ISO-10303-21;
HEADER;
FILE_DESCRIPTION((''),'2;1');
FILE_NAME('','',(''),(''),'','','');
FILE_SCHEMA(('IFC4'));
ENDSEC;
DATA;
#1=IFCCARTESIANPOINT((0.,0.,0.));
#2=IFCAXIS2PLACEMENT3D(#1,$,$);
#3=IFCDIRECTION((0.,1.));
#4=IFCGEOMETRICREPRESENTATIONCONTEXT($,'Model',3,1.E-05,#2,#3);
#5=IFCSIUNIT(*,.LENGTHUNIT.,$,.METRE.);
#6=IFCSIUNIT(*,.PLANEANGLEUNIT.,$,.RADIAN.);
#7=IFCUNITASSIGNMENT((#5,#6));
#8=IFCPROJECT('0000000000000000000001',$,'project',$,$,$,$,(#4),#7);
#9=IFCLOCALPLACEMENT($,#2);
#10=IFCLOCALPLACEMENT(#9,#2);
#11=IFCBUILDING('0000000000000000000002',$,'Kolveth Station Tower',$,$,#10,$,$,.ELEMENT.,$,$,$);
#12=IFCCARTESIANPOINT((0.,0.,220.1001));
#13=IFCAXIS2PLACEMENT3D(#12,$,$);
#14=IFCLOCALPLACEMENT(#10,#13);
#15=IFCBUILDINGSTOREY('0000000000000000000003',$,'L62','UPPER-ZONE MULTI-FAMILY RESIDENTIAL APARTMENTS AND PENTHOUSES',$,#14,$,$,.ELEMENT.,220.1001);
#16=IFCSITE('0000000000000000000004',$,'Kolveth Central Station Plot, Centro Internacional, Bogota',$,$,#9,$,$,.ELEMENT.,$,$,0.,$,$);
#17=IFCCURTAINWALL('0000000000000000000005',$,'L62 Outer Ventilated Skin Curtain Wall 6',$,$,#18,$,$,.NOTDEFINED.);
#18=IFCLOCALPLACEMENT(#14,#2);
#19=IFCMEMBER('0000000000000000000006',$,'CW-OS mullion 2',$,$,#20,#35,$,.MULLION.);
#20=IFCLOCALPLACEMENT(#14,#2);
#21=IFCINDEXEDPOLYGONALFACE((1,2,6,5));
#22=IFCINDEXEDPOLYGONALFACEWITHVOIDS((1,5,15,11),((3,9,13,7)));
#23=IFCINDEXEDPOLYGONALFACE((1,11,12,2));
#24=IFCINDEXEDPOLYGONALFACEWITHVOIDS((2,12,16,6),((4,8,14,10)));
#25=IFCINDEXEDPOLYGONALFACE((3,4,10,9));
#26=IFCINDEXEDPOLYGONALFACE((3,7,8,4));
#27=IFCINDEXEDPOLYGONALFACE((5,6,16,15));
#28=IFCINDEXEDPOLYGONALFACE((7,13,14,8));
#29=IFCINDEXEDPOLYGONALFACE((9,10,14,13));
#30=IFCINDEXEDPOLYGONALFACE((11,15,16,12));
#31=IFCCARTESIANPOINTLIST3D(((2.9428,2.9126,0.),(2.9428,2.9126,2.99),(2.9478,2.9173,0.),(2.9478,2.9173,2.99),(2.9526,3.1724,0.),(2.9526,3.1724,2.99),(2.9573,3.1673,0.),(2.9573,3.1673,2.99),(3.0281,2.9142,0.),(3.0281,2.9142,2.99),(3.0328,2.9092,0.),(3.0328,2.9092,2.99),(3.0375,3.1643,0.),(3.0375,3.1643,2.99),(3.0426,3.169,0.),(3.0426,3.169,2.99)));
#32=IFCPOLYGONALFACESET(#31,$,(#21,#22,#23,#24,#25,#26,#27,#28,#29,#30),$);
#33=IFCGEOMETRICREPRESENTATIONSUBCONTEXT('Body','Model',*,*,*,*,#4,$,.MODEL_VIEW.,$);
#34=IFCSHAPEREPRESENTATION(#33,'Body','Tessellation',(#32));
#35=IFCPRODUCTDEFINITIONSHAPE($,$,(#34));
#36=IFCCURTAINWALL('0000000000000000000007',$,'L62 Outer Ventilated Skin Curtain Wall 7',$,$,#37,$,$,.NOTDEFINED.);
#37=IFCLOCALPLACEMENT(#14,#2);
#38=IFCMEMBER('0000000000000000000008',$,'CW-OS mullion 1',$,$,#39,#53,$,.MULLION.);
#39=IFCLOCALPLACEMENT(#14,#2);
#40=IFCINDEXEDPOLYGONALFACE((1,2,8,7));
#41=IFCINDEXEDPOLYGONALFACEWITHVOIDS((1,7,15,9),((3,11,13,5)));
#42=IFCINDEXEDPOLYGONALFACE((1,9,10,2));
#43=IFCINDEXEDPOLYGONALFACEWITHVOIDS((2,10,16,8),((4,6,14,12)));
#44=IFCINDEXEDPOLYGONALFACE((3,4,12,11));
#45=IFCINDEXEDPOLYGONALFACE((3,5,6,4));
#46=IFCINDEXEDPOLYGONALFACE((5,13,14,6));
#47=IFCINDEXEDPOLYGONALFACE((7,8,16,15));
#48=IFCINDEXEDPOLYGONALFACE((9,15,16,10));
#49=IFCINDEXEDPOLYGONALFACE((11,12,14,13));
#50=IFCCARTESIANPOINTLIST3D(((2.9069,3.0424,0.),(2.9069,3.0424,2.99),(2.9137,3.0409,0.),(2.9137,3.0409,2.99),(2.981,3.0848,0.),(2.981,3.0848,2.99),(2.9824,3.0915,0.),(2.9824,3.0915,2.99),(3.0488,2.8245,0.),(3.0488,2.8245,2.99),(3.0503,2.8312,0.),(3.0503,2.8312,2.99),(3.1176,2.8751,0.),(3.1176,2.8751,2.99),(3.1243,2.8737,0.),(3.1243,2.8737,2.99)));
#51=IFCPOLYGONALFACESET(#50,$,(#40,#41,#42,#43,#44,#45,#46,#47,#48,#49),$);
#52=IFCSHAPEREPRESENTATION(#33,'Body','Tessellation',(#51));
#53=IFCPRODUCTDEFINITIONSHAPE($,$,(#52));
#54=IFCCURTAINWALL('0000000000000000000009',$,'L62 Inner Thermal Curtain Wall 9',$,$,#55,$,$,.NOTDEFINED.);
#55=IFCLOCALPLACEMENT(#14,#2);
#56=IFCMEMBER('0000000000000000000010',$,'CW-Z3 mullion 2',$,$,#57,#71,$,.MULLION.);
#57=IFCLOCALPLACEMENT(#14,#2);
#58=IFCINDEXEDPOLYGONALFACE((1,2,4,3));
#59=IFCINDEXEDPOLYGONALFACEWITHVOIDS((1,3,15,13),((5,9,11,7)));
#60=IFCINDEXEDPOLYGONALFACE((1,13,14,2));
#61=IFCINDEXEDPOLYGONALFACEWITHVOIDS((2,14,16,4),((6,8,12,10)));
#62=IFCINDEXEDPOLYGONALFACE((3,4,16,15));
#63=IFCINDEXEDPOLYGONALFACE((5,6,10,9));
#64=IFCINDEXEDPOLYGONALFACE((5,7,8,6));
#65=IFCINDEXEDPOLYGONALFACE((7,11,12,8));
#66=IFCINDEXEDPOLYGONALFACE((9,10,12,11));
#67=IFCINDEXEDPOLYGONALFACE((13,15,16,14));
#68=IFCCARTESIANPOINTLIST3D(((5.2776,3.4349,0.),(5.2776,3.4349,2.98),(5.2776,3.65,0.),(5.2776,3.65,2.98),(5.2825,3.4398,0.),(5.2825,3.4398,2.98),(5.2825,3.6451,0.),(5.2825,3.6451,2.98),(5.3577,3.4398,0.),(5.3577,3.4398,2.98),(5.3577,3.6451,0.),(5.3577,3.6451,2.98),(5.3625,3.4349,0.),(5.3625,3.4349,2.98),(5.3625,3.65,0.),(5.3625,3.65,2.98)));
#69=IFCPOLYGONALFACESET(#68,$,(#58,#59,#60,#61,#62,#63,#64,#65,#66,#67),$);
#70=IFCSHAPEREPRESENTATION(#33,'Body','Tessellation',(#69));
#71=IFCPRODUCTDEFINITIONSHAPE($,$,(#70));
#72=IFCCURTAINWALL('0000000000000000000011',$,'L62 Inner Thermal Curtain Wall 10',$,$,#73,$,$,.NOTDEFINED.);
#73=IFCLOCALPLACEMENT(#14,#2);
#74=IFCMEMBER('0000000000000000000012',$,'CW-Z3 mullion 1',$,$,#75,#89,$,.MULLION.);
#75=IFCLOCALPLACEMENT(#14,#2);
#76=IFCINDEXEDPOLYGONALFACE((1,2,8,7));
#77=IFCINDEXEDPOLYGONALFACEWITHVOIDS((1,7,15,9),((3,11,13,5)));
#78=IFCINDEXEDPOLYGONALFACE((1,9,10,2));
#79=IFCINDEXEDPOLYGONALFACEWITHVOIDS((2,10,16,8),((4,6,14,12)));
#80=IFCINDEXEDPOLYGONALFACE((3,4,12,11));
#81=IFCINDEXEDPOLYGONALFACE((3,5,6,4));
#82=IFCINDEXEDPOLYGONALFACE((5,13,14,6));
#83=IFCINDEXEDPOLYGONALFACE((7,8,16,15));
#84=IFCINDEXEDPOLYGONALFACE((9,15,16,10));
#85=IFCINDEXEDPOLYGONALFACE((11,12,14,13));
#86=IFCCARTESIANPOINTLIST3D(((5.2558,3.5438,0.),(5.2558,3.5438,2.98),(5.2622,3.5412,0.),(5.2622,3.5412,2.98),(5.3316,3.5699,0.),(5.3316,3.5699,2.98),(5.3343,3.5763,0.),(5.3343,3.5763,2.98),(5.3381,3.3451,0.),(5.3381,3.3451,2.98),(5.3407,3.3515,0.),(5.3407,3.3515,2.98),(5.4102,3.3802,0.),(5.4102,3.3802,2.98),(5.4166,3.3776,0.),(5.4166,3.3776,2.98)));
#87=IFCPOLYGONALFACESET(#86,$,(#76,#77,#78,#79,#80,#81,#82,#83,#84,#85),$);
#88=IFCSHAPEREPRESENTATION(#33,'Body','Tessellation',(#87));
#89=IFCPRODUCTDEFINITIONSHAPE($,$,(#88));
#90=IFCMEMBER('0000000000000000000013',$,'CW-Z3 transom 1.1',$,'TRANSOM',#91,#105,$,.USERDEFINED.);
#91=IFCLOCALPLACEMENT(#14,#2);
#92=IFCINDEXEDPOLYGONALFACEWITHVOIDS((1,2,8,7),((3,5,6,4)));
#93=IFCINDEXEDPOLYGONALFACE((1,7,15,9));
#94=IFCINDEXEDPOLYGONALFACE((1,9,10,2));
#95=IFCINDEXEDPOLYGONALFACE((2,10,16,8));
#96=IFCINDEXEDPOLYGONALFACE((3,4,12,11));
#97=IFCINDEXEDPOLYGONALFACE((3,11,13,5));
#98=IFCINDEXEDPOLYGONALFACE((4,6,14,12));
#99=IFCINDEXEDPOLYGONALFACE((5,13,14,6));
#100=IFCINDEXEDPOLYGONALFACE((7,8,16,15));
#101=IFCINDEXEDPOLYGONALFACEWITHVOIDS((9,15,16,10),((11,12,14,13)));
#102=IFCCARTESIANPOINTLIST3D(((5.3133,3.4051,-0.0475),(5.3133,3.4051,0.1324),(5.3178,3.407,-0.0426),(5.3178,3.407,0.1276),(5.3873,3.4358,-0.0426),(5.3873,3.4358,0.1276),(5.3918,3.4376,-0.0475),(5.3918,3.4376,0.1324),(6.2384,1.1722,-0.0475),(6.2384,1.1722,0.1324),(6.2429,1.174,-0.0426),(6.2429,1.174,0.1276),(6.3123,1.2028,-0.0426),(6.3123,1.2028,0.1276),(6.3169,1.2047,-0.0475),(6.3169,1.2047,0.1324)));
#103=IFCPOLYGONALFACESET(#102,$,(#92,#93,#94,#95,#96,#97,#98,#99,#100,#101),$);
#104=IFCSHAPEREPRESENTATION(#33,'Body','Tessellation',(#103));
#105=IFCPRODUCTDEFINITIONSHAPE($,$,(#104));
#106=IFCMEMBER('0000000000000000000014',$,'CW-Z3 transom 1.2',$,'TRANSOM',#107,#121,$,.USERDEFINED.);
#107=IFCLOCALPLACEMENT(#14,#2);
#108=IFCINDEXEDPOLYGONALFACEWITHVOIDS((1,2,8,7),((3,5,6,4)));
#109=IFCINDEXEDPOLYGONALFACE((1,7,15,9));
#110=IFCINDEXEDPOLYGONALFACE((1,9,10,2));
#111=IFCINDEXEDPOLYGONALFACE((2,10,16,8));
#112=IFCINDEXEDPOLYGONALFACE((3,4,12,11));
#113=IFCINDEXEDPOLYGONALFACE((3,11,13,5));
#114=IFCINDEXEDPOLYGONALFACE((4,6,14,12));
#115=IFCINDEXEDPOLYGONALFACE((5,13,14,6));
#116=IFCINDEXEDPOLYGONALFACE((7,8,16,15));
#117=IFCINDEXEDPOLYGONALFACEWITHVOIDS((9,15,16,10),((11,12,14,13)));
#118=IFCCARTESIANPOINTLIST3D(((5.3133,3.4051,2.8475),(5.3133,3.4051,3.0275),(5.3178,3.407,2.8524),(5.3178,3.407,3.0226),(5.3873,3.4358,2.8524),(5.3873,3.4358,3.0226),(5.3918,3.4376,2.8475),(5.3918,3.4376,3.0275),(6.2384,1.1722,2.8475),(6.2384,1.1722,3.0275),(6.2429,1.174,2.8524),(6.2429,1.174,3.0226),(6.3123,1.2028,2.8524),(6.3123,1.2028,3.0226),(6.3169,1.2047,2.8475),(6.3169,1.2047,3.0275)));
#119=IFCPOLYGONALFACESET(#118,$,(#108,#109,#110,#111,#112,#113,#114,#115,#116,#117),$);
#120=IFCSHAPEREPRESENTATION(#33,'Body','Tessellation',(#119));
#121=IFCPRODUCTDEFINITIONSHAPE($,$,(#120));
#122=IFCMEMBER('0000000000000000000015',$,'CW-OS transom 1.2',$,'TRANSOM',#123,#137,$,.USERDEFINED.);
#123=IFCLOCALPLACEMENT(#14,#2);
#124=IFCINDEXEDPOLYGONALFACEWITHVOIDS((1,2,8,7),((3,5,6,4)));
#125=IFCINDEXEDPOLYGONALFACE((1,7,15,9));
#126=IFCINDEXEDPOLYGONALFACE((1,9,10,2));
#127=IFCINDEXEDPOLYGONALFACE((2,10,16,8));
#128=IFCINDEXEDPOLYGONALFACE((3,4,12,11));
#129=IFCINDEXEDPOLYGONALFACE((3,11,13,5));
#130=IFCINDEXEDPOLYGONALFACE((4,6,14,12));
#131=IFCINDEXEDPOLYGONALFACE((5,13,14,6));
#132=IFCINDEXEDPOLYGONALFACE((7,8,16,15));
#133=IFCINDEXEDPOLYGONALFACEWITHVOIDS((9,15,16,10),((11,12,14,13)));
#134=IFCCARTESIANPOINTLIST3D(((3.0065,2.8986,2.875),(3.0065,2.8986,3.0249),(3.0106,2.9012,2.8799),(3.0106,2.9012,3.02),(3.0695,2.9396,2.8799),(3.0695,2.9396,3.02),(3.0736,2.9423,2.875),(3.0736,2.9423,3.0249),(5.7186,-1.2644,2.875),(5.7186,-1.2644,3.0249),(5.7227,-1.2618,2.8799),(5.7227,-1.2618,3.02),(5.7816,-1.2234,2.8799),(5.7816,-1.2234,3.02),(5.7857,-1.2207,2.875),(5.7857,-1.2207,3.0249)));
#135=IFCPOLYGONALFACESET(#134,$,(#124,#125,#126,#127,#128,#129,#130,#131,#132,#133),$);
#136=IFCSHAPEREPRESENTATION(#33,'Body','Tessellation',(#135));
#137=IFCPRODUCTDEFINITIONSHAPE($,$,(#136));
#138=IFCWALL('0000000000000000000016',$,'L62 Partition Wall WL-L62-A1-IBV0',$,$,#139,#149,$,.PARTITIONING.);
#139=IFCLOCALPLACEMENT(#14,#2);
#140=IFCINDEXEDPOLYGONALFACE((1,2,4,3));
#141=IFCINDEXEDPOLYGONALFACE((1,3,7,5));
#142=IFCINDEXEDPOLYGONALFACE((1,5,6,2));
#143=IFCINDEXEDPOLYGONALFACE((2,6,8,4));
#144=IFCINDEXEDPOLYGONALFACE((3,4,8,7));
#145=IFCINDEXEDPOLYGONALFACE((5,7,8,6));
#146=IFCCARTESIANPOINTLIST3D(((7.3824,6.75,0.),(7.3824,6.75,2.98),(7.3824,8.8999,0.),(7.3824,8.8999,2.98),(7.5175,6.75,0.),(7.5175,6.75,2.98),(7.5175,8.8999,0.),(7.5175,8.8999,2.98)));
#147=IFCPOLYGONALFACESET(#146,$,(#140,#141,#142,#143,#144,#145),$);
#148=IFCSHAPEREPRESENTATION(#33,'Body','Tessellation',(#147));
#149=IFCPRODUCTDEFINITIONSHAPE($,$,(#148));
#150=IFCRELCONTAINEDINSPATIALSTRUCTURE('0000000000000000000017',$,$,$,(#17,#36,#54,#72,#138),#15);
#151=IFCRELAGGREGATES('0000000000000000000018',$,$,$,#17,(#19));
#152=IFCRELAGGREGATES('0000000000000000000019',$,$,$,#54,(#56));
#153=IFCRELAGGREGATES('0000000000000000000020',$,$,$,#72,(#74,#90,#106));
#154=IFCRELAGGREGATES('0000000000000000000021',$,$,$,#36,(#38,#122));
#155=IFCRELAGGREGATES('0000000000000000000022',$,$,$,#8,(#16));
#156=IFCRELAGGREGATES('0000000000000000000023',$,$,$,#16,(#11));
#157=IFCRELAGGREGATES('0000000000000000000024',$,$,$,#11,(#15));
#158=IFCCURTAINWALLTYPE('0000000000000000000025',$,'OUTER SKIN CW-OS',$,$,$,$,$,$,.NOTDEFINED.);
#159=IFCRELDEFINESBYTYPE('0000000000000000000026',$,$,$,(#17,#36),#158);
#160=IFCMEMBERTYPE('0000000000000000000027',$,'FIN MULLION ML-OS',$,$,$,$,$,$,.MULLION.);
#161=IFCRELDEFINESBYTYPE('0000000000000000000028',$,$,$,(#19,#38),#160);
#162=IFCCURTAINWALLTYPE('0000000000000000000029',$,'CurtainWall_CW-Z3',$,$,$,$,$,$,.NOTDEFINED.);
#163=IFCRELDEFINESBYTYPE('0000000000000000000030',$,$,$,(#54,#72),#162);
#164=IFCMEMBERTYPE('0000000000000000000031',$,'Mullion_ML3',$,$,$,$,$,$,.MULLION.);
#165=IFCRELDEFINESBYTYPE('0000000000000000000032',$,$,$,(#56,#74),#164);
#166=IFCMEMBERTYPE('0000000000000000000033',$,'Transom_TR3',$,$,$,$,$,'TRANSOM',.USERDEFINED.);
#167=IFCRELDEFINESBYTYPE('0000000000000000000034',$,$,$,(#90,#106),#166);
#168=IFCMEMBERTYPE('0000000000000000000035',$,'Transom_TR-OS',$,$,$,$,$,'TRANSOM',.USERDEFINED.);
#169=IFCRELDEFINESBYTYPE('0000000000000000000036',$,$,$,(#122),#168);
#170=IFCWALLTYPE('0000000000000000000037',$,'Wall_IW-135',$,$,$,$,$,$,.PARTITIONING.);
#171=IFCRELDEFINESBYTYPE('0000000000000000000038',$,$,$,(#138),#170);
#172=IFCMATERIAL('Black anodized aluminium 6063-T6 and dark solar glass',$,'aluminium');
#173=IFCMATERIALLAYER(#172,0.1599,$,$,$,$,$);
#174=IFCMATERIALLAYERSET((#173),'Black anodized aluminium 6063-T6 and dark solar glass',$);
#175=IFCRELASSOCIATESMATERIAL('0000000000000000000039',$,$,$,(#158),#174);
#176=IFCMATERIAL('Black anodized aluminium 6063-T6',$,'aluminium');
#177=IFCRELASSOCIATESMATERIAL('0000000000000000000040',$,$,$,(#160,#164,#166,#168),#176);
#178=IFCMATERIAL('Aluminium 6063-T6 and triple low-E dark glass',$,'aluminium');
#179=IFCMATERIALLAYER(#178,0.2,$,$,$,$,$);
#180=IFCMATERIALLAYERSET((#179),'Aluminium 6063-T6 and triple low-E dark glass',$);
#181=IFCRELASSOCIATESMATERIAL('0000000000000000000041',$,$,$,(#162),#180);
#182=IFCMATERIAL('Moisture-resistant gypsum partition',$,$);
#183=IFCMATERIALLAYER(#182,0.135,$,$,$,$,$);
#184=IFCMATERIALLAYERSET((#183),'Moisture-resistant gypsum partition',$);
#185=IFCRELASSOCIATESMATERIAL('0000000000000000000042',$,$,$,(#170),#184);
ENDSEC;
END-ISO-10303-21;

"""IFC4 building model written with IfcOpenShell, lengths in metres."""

from ifc_helpers import new_model, si_unit, direction, frame, frame_2d, origin, origin_2d, place, context, subcontext, project, spatial, rectangle, hollow_rectangle, extrude, source, transform, mapped, material, layer, layer_set, material_profile, profile_set, type_object, element, aggregate, save


model = new_model("IFC4")

# Units and contexts
model_context = context("Model", 3, precision=1e-05, world=origin(), true_north=direction((0.0, 1.0)))
body_context = subcontext(model_context, "Body", "Model", "MODEL_VIEW")
ifc_project = project(units=[si_unit("LENGTHUNIT", "METRE"), si_unit("PLANEANGLEUNIT", "RADIAN")], contexts=[model_context])

# Site, building, storey
site_placement = place(None, origin())
site = spatial("IfcSite", under=ifc_project, at=site_placement, Name="Kolveth Central Station Plot, Centro Internacional, Bogota", CompositionType="ELEMENT", RefElevation=0.0)
building_placement = place(site_placement, origin())
building = spatial("IfcBuilding", under=site, at=building_placement, Name="Kolveth Station Tower", CompositionType="ELEMENT")
storey_placement = place(building_placement, frame((0.0, 0.0, 220.1001)))
storey = spatial("IfcBuildingStorey", under=building, at=storey_placement, Name="L62", Description="UPPER-ZONE MULTI-FAMILY RESIDENTIAL APARTMENTS AND PENTHOUSES", CompositionType="ELEMENT", Elevation=220.1001)

# Curtain walls, members
ifc_material_1 = material(Name="Black anodized aluminium 6063-T6 and dark solar glass", Category="aluminium")
ifc_layer_1 = layer(ifc_material_1, 0.1599)
ifc_layer_set_1 = layer_set([ifc_layer_1], Name="Black anodized aluminium 6063-T6 and dark solar glass")
curtain_wall_type_1 = type_object("IfcCurtainWallType", Name="OUTER SKIN CW-OS", PredefinedType="NOTDEFINED", material=ifc_layer_set_1)
curtain_wall_1_placement = place(storey_placement, origin())
curtain_wall_1 = element("IfcCurtainWall", 1, at=curtain_wall_1_placement, inside=storey, type_object=curtain_wall_type_1, Name="L62 Outer Ventilated Skin Curtain Wall 6", PredefinedType="NOTDEFINED")
ifc_material_2 = material(Name="Black anodized aluminium 6063-T6", Category="aluminium")
ifc_material_profile_1 = material_profile(ifc_material_2, hollow_rectangle(XDim=0.0901, YDim=0.26, WallThickness=0.0049, at=origin_2d()), Name="ALU-90x260x5")
ifc_profile_set_1 = profile_set([ifc_material_profile_1], Name="Black anodized aluminium 6063-T6")
member_type_1 = type_object("IfcMemberType", Name="FIN MULLION ML-OS", PredefinedType="MULLION", material=ifc_profile_set_1)
shared_shape_1 = source(origin(), body_context, "Body", "SweptSolid", [
    extrude(hollow_rectangle(XDim=0.0901, YDim=0.26, WallThickness=0.0049, at=origin_2d()), origin(), (0.0, 0.0, 1.0), 2.99),
])
member_1_placement = place(storey_placement, frame((2.9927, 3.0408, 0.0), z_axis=(0.0, 0.0, 1.0), x_axis=(0.999288, -0.037732, 0.0)))
member_1 = element("IfcMember", 2, at=member_1_placement, type_object=member_type_1, Name="CW-OS mullion 2", PredefinedType="MULLION", context=body_context, shape_type="MappedRepresentation", body=[
    mapped(shared_shape_1, transform((0.0, 0.0, 0.0), x_axis=(1.0, 0.0, 0.0), y_axis=(0.0, 1.0, 0.0), z_axis=(0.0, 0.0, 1.0), scale=1.0)),
])
aggregate(curtain_wall_1, [member_1])
curtain_wall_2_placement = place(storey_placement, origin())
curtain_wall_2 = element("IfcCurtainWall", 3, at=curtain_wall_2_placement, inside=storey, type_object=curtain_wall_type_1, Name="L62 Outer Ventilated Skin Curtain Wall 7", PredefinedType="NOTDEFINED")
member_2_placement = place(storey_placement, frame((3.0156, 2.958, 0.0), z_axis=(0.0, 0.0, 1.0), x_axis=(0.837896, 0.54583, 0.0)))
member_2 = element("IfcMember", 4, at=member_2_placement, type_object=member_type_1, Name="CW-OS mullion 1", PredefinedType="MULLION", context=body_context, shape_type="MappedRepresentation", body=[
    mapped(shared_shape_1, transform((0.0, 0.0, 0.0), x_axis=(1.0, 0.0, 0.0), y_axis=(0.0, 1.0, 0.0), z_axis=(0.0, 0.0, 1.0), scale=1.0)),
])
ifc_material_3 = material(Name="Aluminium 6063-T6 and triple low-E dark glass", Category="aluminium")
ifc_layer_2 = layer(ifc_material_3, 0.2)
ifc_layer_set_2 = layer_set([ifc_layer_2], Name="Aluminium 6063-T6 and triple low-E dark glass")
curtain_wall_type_2 = type_object("IfcCurtainWallType", Name="CurtainWall_CW-Z3", PredefinedType="NOTDEFINED", material=ifc_layer_set_2)
curtain_wall_3_placement = place(storey_placement, origin())
curtain_wall_3 = element("IfcCurtainWall", 5, at=curtain_wall_3_placement, inside=storey, type_object=curtain_wall_type_2, Name="L62 Inner Thermal Curtain Wall 9", PredefinedType="NOTDEFINED")
ifc_material_profile_2 = material_profile(ifc_material_2, hollow_rectangle(XDim=0.085, YDim=0.2151, WallThickness=0.0049, at=origin_2d()), Name="ALU-85x215x5")
ifc_profile_set_2 = profile_set([ifc_material_profile_2], Name="Black anodized aluminium 6063-T6")
member_type_2 = type_object("IfcMemberType", Name="Mullion_ML3", PredefinedType="MULLION", material=ifc_profile_set_2)
shared_shape_2 = source(origin(), body_context, "Body", "SweptSolid", [
    extrude(hollow_rectangle(XDim=0.085, YDim=0.2151, WallThickness=0.0049, at=origin_2d()), origin(), (0.0, 0.0, 1.0), 2.98),
])
member_3_placement = place(storey_placement, frame((5.3201, 3.5425, 0.0), z_axis=(0.0, 0.0, 1.0), x_axis=(1.0, 0.0, 0.0)))
member_3 = element("IfcMember", 6, at=member_3_placement, type_object=member_type_2, Name="CW-Z3 mullion 2", PredefinedType="MULLION", context=body_context, shape_type="MappedRepresentation", body=[
    mapped(shared_shape_2, transform((0.0, 0.0, 0.0), x_axis=(1.0, 0.0, 0.0), y_axis=(0.0, 1.0, 0.0), z_axis=(0.0, 0.0, 1.0), scale=1.0)),
])
aggregate(curtain_wall_3, [member_3])

# Curtain wall, members
curtain_wall_4_placement = place(storey_placement, origin())
curtain_wall_4 = element("IfcCurtainWall", 7, at=curtain_wall_4_placement, inside=storey, type_object=curtain_wall_type_2, Name="L62 Inner Thermal Curtain Wall 10", PredefinedType="NOTDEFINED")
member_4_placement = place(storey_placement, frame((5.3362, 3.4607, 0.0), z_axis=(0.0, 0.0, 1.0), x_axis=(0.923875, 0.382693, 0.0)))
member_4 = element("IfcMember", 8, at=member_4_placement, type_object=member_type_2, Name="CW-Z3 mullion 1", PredefinedType="MULLION", context=body_context, shape_type="MappedRepresentation", body=[
    mapped(shared_shape_2, transform((0.0, 0.0, 0.0), x_axis=(1.0, 0.0, 0.0), y_axis=(0.0, 1.0, 0.0), z_axis=(0.0, 0.0, 1.0), scale=1.0)),
])
ifc_material_profile_3 = material_profile(ifc_material_2, hollow_rectangle(XDim=0.085, YDim=0.1799, WallThickness=0.0049, at=origin_2d()), Name="ALU-85x180x5")
ifc_profile_set_3 = profile_set([ifc_material_profile_3], Name="Black anodized aluminium 6063-T6")
member_type_3 = type_object("IfcMemberType", Name="Transom_TR3", ElementType="TRANSOM", PredefinedType="USERDEFINED", material=ifc_profile_set_3)
shared_shape_3 = source(origin(), body_context, "Body", "SweptSolid", [
    extrude(hollow_rectangle(XDim=0.085, YDim=0.1799, WallThickness=0.0049, at=origin_2d()), origin(), (0.0, 0.0, 1.0), 2.417),
])
member_5_placement = place(storey_placement, frame((5.3525, 3.4214, 0.0425), z_axis=(0.382735, -0.923858, 0.0), x_axis=(0.923858, 0.382735, 0.0)))
member_5 = element("IfcMember", 9, at=member_5_placement, type_object=member_type_3, Name="CW-Z3 transom 1.1", ObjectType="TRANSOM", PredefinedType="USERDEFINED", context=body_context, shape_type="MappedRepresentation", body=[
    mapped(shared_shape_3, transform((0.0, 0.0, 0.0), x_axis=(1.0, 0.0, 0.0), y_axis=(0.0, 1.0, 0.0), z_axis=(0.0, 0.0, 1.0), scale=1.0)),
])
member_6_placement = place(storey_placement, frame((5.3525, 3.4214, 2.9375), z_axis=(0.382735, -0.923858, 0.0), x_axis=(0.923858, 0.382735, 0.0)))
member_6 = element("IfcMember", 10, at=member_6_placement, type_object=member_type_3, Name="CW-Z3 transom 1.2", ObjectType="TRANSOM", PredefinedType="USERDEFINED", context=body_context, shape_type="MappedRepresentation", body=[
    mapped(shared_shape_3, transform((0.0, 0.0, 0.0), x_axis=(1.0, 0.0, 0.0), y_axis=(0.0, 1.0, 0.0), z_axis=(0.0, 0.0, 1.0), scale=1.0)),
])
aggregate(curtain_wall_4, [member_4, member_5, member_6])

# Member
ifc_material_profile_4 = material_profile(ifc_material_2, hollow_rectangle(XDim=0.0801, YDim=0.1499, WallThickness=0.0049, at=origin_2d()), Name="ALU-80x150x5")
ifc_profile_set_4 = profile_set([ifc_material_profile_4], Name="Black anodized aluminium 6063-T6")
member_type_4 = type_object("IfcMemberType", Name="Transom_TR-OS", ElementType="TRANSOM", PredefinedType="USERDEFINED", material=ifc_profile_set_4)
shared_shape_4 = source(origin(), body_context, "Body", "SweptSolid", [
    extrude(hollow_rectangle(XDim=0.0801, YDim=0.1499, WallThickness=0.0049, at=origin_2d()), origin(), (0.0, 0.0, 1.0), 4.9685),
])
member_7_placement = place(storey_placement, frame((3.04, 2.9204, 2.95), z_axis=(0.545859, -0.837877, 0.0), x_axis=(0.837877, 0.545859, 0.0)))
member_7 = element("IfcMember", 11, at=member_7_placement, type_object=member_type_4, Name="CW-OS transom 1.2", ObjectType="TRANSOM", PredefinedType="USERDEFINED", context=body_context, shape_type="MappedRepresentation", body=[
    mapped(shared_shape_4, transform((0.0, 0.0, 0.0), x_axis=(1.0, 0.0, 0.0), y_axis=(0.0, 1.0, 0.0), z_axis=(0.0, 0.0, 1.0), scale=1.0)),
])
aggregate(curtain_wall_2, [member_2, member_7])

# Shared definitions
ifc_material_4 = material(Name="Moisture-resistant gypsum partition")
ifc_layer_3 = layer(ifc_material_4, 0.135)
ifc_layer_set_3 = layer_set([ifc_layer_3], Name="Moisture-resistant gypsum partition")
wall_type_1 = type_object("IfcWallType", Name="Wall_IW-135", PredefinedType="PARTITIONING", material=ifc_layer_set_3)

# Wall
wall_1_placement = place(storey_placement, frame((7.45, 6.75, 0.0), z_axis=(0.0, 0.0, 1.0), x_axis=(0.0, 1.0, 0.0)))
element("IfcWall", 12, at=wall_1_placement, inside=storey, type_object=wall_type_1, Name="L62 Partition Wall WL-L62-A1-IBV0", PredefinedType="PARTITIONING", context=body_context, shape_type="SweptSolid", body=[
    extrude(rectangle(XDim=2.1499, YDim=0.135, at=frame_2d((1.075, 0.0))), origin(), (0.0, 0.0, 1.0), 2.98),
])

save(model, "model.ifc")
